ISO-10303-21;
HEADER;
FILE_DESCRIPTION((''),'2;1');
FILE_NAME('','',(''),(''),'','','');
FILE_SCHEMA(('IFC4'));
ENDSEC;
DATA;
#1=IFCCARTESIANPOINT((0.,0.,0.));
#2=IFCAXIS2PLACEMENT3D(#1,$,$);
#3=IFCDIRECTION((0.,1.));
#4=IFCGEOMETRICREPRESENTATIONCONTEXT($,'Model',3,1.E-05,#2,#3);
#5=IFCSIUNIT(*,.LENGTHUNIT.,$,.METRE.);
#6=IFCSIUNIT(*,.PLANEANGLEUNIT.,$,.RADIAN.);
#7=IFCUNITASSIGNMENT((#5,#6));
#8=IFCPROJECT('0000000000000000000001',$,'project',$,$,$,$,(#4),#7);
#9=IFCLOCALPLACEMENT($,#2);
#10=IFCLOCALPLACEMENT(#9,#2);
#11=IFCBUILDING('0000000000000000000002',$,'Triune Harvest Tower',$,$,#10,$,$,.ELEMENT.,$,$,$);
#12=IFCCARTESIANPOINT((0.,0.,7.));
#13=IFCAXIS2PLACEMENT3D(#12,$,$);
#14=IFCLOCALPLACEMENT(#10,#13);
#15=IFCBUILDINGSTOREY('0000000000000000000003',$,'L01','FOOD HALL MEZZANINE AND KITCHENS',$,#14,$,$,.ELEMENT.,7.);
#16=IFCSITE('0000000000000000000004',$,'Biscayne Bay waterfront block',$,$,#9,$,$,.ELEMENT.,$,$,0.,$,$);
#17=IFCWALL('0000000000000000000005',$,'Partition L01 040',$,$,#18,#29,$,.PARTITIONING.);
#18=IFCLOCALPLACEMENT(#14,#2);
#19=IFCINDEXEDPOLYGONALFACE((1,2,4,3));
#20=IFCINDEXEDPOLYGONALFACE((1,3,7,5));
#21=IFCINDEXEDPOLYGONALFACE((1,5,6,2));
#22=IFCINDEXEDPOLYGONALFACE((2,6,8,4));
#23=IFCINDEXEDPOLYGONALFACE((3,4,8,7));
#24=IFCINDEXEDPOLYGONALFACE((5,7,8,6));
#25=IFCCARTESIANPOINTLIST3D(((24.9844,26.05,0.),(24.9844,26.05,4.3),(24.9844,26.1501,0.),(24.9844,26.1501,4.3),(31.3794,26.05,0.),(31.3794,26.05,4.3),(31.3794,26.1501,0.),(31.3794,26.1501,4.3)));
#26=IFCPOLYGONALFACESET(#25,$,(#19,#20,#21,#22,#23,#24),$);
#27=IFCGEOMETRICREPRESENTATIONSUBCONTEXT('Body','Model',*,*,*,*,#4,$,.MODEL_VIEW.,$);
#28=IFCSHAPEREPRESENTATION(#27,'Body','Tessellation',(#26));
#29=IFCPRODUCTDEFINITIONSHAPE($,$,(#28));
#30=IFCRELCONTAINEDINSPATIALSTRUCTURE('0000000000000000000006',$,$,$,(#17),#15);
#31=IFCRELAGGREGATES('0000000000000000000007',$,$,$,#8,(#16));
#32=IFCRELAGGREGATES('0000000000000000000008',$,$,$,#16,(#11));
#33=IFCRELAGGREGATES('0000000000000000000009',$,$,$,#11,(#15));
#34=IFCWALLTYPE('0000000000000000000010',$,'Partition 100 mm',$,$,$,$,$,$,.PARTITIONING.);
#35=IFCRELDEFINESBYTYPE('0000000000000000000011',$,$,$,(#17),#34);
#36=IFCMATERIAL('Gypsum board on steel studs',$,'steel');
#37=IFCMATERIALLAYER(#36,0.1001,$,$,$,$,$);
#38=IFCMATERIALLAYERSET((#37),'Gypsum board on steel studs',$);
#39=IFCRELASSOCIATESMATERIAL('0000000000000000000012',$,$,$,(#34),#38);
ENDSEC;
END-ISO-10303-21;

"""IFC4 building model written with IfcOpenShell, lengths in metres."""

from ifc_helpers import new_model, si_unit, direction, frame, frame_2d, origin, place, context, subcontext, project, spatial, rectangle, extrude, source, transform, mapped, material, layer, layer_set, type_object, element, save


model = new_model("IFC4")

# Units and contexts
model_context = context("Model", 3, precision=1e-05, world=origin(), true_north=direction((0.0, 1.0)))
body_context = subcontext(model_context, "Body", "Model", "MODEL_VIEW")
ifc_project = project(units=[si_unit("LENGTHUNIT", "METRE"), si_unit("PLANEANGLEUNIT", "RADIAN")], contexts=[model_context])

# Site, building, storey
site_placement = place(None, origin())
site = spatial("IfcSite", under=ifc_project, at=site_placement, Name="Biscayne Bay waterfront block", CompositionType="ELEMENT", RefElevation=0.0)
building_placement = place(site_placement, origin())
building = spatial("IfcBuilding", under=site, at=building_placement, Name="Triune Harvest Tower", CompositionType="ELEMENT")
storey_placement = place(building_placement, frame((0.0, 0.0, 7.0)))
storey = spatial("IfcBuildingStorey", under=building, at=storey_placement, Name="L01", Description="FOOD HALL MEZZANINE AND KITCHENS", CompositionType="ELEMENT", Elevation=7.0)

# Shared definitions
ifc_material_1 = material(Name="Gypsum board on steel studs", Category="steel")
ifc_layer_1 = layer(ifc_material_1, 0.1001)
ifc_layer_set_1 = layer_set([ifc_layer_1], Name="Gypsum board on steel studs")
wall_type = type_object("IfcWallType", Name="Partition 100 mm", PredefinedType="PARTITIONING", material=ifc_layer_set_1)

# Wall
shared_shape_1 = source(origin(), body_context, "Body", "SweptSolid", [
    extrude(rectangle(XDim=6.395, YDim=0.1001, at=frame_2d((3.1975, 0.0))), origin(), (0.0, 0.0, 1.0), 4.3),
])
wall_1_placement = place(storey_placement, frame((24.9844, 26.1001, 0.0), z_axis=(0.0, 0.0, 1.0), x_axis=(1.0, 0.0, 0.0)))
element("IfcWall", 1, at=wall_1_placement, inside=storey, type_object=wall_type, Name="Partition L01 040", PredefinedType="PARTITIONING", context=body_context, shape_type="MappedRepresentation", body=[
    mapped(shared_shape_1, transform((0.0, 0.0, 0.0), scale=1.0)),
])

save(model, "model.ifc")
